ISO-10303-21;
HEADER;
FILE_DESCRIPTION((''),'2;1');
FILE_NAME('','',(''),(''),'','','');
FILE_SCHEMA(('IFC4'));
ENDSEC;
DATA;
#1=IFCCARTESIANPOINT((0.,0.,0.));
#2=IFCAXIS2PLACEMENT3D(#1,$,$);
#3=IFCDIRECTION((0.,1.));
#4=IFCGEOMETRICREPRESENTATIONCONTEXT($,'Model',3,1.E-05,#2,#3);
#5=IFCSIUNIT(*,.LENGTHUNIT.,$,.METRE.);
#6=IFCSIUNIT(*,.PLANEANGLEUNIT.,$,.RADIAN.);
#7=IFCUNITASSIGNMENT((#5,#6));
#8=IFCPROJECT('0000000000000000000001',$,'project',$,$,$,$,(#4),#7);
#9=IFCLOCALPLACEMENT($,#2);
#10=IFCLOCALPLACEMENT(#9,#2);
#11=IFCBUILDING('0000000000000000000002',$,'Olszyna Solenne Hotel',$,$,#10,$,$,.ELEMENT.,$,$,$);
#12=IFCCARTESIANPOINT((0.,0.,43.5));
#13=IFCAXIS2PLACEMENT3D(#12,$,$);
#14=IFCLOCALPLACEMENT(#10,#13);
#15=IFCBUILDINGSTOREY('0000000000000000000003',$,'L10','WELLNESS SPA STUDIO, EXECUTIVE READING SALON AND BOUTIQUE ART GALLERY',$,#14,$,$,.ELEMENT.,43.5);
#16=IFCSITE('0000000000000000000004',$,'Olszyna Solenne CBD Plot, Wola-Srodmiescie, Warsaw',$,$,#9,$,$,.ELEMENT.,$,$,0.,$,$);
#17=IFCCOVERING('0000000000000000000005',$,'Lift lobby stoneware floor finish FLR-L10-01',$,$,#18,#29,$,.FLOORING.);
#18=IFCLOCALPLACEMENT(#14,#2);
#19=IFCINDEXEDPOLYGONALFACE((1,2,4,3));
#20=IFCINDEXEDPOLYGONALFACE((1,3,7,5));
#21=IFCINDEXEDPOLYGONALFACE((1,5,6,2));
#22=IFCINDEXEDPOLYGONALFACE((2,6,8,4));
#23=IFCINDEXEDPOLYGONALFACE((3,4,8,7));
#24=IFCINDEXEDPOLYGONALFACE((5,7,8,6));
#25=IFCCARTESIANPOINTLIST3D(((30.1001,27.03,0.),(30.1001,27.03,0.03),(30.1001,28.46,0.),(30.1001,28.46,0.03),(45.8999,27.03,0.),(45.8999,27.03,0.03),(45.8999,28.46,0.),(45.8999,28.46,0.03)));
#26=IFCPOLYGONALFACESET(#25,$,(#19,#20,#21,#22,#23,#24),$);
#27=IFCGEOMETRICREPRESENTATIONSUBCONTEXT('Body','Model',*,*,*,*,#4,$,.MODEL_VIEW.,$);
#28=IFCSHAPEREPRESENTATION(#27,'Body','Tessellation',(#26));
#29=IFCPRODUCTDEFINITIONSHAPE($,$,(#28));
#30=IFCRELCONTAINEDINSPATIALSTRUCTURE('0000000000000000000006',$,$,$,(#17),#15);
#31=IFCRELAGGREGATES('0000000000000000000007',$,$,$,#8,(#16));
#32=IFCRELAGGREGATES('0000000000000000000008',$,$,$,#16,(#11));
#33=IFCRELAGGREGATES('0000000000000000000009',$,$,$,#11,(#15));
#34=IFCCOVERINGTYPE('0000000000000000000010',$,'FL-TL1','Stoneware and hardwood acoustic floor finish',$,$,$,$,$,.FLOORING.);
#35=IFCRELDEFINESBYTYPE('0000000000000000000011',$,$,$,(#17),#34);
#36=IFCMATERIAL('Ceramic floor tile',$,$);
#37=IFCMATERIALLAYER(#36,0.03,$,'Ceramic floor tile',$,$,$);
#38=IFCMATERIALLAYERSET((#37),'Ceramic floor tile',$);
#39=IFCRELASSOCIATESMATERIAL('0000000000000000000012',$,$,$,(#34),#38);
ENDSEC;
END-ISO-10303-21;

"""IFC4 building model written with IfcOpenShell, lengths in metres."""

from ifc_helpers import new_model, si_unit, direction, frame, origin, place, context, subcontext, project, spatial, polyline, outline, extrude, material, layer, layer_set, type_object, element, save


model = new_model("IFC4")

# Units and contexts
model_context = context("Model", 3, precision=1e-05, world=origin(), true_north=direction((0.0, 1.0)))
body_context = subcontext(model_context, "Body", "Model", "MODEL_VIEW")
ifc_project = project(units=[si_unit("LENGTHUNIT", "METRE"), si_unit("PLANEANGLEUNIT", "RADIAN")], contexts=[model_context])

# Site, building, storey
site_placement = place(None, origin())
site = spatial("IfcSite", under=ifc_project, at=site_placement, Name="Olszyna Solenne CBD Plot, Wola-Srodmiescie, Warsaw", CompositionType="ELEMENT", RefElevation=0.0)
building_placement = place(site_placement, origin())
building = spatial("IfcBuilding", under=site, at=building_placement, Name="Olszyna Solenne Hotel", CompositionType="ELEMENT")
storey_placement = place(building_placement, frame((0.0, 0.0, 43.5)))
storey = spatial("IfcBuildingStorey", under=building, at=storey_placement, Name="L10", Description="WELLNESS SPA STUDIO, EXECUTIVE READING SALON AND BOUTIQUE ART GALLERY", CompositionType="ELEMENT", Elevation=43.5)

# Covering
ifc_material_1 = material(Name="Ceramic floor tile")
ifc_layer_1 = layer(ifc_material_1, 0.03, Name="Ceramic floor tile")
ifc_layer_set_1 = layer_set([ifc_layer_1], Name="Ceramic floor tile")
covering_type_1 = type_object("IfcCoveringType", Name="FL-TL1", Description="Stoneware and hardwood acoustic floor finish", PredefinedType="FLOORING", material=ifc_layer_set_1)
covering_1_placement = place(storey_placement, origin())
element("IfcCovering", 1, at=covering_1_placement, inside=storey, type_object=covering_type_1, Name="Lift lobby stoneware floor finish FLR-L10-01", PredefinedType="FLOORING", context=body_context, shape_type="SweptSolid", body=[
    extrude(outline(polyline([(30.1001, 27.03), (45.8999, 27.03), (45.8999, 28.46), (30.1001, 28.46), (30.1001, 27.03)])), origin(), (0.0, 0.0, 1.0), 0.03),
])

save(model, "model.ifc")
